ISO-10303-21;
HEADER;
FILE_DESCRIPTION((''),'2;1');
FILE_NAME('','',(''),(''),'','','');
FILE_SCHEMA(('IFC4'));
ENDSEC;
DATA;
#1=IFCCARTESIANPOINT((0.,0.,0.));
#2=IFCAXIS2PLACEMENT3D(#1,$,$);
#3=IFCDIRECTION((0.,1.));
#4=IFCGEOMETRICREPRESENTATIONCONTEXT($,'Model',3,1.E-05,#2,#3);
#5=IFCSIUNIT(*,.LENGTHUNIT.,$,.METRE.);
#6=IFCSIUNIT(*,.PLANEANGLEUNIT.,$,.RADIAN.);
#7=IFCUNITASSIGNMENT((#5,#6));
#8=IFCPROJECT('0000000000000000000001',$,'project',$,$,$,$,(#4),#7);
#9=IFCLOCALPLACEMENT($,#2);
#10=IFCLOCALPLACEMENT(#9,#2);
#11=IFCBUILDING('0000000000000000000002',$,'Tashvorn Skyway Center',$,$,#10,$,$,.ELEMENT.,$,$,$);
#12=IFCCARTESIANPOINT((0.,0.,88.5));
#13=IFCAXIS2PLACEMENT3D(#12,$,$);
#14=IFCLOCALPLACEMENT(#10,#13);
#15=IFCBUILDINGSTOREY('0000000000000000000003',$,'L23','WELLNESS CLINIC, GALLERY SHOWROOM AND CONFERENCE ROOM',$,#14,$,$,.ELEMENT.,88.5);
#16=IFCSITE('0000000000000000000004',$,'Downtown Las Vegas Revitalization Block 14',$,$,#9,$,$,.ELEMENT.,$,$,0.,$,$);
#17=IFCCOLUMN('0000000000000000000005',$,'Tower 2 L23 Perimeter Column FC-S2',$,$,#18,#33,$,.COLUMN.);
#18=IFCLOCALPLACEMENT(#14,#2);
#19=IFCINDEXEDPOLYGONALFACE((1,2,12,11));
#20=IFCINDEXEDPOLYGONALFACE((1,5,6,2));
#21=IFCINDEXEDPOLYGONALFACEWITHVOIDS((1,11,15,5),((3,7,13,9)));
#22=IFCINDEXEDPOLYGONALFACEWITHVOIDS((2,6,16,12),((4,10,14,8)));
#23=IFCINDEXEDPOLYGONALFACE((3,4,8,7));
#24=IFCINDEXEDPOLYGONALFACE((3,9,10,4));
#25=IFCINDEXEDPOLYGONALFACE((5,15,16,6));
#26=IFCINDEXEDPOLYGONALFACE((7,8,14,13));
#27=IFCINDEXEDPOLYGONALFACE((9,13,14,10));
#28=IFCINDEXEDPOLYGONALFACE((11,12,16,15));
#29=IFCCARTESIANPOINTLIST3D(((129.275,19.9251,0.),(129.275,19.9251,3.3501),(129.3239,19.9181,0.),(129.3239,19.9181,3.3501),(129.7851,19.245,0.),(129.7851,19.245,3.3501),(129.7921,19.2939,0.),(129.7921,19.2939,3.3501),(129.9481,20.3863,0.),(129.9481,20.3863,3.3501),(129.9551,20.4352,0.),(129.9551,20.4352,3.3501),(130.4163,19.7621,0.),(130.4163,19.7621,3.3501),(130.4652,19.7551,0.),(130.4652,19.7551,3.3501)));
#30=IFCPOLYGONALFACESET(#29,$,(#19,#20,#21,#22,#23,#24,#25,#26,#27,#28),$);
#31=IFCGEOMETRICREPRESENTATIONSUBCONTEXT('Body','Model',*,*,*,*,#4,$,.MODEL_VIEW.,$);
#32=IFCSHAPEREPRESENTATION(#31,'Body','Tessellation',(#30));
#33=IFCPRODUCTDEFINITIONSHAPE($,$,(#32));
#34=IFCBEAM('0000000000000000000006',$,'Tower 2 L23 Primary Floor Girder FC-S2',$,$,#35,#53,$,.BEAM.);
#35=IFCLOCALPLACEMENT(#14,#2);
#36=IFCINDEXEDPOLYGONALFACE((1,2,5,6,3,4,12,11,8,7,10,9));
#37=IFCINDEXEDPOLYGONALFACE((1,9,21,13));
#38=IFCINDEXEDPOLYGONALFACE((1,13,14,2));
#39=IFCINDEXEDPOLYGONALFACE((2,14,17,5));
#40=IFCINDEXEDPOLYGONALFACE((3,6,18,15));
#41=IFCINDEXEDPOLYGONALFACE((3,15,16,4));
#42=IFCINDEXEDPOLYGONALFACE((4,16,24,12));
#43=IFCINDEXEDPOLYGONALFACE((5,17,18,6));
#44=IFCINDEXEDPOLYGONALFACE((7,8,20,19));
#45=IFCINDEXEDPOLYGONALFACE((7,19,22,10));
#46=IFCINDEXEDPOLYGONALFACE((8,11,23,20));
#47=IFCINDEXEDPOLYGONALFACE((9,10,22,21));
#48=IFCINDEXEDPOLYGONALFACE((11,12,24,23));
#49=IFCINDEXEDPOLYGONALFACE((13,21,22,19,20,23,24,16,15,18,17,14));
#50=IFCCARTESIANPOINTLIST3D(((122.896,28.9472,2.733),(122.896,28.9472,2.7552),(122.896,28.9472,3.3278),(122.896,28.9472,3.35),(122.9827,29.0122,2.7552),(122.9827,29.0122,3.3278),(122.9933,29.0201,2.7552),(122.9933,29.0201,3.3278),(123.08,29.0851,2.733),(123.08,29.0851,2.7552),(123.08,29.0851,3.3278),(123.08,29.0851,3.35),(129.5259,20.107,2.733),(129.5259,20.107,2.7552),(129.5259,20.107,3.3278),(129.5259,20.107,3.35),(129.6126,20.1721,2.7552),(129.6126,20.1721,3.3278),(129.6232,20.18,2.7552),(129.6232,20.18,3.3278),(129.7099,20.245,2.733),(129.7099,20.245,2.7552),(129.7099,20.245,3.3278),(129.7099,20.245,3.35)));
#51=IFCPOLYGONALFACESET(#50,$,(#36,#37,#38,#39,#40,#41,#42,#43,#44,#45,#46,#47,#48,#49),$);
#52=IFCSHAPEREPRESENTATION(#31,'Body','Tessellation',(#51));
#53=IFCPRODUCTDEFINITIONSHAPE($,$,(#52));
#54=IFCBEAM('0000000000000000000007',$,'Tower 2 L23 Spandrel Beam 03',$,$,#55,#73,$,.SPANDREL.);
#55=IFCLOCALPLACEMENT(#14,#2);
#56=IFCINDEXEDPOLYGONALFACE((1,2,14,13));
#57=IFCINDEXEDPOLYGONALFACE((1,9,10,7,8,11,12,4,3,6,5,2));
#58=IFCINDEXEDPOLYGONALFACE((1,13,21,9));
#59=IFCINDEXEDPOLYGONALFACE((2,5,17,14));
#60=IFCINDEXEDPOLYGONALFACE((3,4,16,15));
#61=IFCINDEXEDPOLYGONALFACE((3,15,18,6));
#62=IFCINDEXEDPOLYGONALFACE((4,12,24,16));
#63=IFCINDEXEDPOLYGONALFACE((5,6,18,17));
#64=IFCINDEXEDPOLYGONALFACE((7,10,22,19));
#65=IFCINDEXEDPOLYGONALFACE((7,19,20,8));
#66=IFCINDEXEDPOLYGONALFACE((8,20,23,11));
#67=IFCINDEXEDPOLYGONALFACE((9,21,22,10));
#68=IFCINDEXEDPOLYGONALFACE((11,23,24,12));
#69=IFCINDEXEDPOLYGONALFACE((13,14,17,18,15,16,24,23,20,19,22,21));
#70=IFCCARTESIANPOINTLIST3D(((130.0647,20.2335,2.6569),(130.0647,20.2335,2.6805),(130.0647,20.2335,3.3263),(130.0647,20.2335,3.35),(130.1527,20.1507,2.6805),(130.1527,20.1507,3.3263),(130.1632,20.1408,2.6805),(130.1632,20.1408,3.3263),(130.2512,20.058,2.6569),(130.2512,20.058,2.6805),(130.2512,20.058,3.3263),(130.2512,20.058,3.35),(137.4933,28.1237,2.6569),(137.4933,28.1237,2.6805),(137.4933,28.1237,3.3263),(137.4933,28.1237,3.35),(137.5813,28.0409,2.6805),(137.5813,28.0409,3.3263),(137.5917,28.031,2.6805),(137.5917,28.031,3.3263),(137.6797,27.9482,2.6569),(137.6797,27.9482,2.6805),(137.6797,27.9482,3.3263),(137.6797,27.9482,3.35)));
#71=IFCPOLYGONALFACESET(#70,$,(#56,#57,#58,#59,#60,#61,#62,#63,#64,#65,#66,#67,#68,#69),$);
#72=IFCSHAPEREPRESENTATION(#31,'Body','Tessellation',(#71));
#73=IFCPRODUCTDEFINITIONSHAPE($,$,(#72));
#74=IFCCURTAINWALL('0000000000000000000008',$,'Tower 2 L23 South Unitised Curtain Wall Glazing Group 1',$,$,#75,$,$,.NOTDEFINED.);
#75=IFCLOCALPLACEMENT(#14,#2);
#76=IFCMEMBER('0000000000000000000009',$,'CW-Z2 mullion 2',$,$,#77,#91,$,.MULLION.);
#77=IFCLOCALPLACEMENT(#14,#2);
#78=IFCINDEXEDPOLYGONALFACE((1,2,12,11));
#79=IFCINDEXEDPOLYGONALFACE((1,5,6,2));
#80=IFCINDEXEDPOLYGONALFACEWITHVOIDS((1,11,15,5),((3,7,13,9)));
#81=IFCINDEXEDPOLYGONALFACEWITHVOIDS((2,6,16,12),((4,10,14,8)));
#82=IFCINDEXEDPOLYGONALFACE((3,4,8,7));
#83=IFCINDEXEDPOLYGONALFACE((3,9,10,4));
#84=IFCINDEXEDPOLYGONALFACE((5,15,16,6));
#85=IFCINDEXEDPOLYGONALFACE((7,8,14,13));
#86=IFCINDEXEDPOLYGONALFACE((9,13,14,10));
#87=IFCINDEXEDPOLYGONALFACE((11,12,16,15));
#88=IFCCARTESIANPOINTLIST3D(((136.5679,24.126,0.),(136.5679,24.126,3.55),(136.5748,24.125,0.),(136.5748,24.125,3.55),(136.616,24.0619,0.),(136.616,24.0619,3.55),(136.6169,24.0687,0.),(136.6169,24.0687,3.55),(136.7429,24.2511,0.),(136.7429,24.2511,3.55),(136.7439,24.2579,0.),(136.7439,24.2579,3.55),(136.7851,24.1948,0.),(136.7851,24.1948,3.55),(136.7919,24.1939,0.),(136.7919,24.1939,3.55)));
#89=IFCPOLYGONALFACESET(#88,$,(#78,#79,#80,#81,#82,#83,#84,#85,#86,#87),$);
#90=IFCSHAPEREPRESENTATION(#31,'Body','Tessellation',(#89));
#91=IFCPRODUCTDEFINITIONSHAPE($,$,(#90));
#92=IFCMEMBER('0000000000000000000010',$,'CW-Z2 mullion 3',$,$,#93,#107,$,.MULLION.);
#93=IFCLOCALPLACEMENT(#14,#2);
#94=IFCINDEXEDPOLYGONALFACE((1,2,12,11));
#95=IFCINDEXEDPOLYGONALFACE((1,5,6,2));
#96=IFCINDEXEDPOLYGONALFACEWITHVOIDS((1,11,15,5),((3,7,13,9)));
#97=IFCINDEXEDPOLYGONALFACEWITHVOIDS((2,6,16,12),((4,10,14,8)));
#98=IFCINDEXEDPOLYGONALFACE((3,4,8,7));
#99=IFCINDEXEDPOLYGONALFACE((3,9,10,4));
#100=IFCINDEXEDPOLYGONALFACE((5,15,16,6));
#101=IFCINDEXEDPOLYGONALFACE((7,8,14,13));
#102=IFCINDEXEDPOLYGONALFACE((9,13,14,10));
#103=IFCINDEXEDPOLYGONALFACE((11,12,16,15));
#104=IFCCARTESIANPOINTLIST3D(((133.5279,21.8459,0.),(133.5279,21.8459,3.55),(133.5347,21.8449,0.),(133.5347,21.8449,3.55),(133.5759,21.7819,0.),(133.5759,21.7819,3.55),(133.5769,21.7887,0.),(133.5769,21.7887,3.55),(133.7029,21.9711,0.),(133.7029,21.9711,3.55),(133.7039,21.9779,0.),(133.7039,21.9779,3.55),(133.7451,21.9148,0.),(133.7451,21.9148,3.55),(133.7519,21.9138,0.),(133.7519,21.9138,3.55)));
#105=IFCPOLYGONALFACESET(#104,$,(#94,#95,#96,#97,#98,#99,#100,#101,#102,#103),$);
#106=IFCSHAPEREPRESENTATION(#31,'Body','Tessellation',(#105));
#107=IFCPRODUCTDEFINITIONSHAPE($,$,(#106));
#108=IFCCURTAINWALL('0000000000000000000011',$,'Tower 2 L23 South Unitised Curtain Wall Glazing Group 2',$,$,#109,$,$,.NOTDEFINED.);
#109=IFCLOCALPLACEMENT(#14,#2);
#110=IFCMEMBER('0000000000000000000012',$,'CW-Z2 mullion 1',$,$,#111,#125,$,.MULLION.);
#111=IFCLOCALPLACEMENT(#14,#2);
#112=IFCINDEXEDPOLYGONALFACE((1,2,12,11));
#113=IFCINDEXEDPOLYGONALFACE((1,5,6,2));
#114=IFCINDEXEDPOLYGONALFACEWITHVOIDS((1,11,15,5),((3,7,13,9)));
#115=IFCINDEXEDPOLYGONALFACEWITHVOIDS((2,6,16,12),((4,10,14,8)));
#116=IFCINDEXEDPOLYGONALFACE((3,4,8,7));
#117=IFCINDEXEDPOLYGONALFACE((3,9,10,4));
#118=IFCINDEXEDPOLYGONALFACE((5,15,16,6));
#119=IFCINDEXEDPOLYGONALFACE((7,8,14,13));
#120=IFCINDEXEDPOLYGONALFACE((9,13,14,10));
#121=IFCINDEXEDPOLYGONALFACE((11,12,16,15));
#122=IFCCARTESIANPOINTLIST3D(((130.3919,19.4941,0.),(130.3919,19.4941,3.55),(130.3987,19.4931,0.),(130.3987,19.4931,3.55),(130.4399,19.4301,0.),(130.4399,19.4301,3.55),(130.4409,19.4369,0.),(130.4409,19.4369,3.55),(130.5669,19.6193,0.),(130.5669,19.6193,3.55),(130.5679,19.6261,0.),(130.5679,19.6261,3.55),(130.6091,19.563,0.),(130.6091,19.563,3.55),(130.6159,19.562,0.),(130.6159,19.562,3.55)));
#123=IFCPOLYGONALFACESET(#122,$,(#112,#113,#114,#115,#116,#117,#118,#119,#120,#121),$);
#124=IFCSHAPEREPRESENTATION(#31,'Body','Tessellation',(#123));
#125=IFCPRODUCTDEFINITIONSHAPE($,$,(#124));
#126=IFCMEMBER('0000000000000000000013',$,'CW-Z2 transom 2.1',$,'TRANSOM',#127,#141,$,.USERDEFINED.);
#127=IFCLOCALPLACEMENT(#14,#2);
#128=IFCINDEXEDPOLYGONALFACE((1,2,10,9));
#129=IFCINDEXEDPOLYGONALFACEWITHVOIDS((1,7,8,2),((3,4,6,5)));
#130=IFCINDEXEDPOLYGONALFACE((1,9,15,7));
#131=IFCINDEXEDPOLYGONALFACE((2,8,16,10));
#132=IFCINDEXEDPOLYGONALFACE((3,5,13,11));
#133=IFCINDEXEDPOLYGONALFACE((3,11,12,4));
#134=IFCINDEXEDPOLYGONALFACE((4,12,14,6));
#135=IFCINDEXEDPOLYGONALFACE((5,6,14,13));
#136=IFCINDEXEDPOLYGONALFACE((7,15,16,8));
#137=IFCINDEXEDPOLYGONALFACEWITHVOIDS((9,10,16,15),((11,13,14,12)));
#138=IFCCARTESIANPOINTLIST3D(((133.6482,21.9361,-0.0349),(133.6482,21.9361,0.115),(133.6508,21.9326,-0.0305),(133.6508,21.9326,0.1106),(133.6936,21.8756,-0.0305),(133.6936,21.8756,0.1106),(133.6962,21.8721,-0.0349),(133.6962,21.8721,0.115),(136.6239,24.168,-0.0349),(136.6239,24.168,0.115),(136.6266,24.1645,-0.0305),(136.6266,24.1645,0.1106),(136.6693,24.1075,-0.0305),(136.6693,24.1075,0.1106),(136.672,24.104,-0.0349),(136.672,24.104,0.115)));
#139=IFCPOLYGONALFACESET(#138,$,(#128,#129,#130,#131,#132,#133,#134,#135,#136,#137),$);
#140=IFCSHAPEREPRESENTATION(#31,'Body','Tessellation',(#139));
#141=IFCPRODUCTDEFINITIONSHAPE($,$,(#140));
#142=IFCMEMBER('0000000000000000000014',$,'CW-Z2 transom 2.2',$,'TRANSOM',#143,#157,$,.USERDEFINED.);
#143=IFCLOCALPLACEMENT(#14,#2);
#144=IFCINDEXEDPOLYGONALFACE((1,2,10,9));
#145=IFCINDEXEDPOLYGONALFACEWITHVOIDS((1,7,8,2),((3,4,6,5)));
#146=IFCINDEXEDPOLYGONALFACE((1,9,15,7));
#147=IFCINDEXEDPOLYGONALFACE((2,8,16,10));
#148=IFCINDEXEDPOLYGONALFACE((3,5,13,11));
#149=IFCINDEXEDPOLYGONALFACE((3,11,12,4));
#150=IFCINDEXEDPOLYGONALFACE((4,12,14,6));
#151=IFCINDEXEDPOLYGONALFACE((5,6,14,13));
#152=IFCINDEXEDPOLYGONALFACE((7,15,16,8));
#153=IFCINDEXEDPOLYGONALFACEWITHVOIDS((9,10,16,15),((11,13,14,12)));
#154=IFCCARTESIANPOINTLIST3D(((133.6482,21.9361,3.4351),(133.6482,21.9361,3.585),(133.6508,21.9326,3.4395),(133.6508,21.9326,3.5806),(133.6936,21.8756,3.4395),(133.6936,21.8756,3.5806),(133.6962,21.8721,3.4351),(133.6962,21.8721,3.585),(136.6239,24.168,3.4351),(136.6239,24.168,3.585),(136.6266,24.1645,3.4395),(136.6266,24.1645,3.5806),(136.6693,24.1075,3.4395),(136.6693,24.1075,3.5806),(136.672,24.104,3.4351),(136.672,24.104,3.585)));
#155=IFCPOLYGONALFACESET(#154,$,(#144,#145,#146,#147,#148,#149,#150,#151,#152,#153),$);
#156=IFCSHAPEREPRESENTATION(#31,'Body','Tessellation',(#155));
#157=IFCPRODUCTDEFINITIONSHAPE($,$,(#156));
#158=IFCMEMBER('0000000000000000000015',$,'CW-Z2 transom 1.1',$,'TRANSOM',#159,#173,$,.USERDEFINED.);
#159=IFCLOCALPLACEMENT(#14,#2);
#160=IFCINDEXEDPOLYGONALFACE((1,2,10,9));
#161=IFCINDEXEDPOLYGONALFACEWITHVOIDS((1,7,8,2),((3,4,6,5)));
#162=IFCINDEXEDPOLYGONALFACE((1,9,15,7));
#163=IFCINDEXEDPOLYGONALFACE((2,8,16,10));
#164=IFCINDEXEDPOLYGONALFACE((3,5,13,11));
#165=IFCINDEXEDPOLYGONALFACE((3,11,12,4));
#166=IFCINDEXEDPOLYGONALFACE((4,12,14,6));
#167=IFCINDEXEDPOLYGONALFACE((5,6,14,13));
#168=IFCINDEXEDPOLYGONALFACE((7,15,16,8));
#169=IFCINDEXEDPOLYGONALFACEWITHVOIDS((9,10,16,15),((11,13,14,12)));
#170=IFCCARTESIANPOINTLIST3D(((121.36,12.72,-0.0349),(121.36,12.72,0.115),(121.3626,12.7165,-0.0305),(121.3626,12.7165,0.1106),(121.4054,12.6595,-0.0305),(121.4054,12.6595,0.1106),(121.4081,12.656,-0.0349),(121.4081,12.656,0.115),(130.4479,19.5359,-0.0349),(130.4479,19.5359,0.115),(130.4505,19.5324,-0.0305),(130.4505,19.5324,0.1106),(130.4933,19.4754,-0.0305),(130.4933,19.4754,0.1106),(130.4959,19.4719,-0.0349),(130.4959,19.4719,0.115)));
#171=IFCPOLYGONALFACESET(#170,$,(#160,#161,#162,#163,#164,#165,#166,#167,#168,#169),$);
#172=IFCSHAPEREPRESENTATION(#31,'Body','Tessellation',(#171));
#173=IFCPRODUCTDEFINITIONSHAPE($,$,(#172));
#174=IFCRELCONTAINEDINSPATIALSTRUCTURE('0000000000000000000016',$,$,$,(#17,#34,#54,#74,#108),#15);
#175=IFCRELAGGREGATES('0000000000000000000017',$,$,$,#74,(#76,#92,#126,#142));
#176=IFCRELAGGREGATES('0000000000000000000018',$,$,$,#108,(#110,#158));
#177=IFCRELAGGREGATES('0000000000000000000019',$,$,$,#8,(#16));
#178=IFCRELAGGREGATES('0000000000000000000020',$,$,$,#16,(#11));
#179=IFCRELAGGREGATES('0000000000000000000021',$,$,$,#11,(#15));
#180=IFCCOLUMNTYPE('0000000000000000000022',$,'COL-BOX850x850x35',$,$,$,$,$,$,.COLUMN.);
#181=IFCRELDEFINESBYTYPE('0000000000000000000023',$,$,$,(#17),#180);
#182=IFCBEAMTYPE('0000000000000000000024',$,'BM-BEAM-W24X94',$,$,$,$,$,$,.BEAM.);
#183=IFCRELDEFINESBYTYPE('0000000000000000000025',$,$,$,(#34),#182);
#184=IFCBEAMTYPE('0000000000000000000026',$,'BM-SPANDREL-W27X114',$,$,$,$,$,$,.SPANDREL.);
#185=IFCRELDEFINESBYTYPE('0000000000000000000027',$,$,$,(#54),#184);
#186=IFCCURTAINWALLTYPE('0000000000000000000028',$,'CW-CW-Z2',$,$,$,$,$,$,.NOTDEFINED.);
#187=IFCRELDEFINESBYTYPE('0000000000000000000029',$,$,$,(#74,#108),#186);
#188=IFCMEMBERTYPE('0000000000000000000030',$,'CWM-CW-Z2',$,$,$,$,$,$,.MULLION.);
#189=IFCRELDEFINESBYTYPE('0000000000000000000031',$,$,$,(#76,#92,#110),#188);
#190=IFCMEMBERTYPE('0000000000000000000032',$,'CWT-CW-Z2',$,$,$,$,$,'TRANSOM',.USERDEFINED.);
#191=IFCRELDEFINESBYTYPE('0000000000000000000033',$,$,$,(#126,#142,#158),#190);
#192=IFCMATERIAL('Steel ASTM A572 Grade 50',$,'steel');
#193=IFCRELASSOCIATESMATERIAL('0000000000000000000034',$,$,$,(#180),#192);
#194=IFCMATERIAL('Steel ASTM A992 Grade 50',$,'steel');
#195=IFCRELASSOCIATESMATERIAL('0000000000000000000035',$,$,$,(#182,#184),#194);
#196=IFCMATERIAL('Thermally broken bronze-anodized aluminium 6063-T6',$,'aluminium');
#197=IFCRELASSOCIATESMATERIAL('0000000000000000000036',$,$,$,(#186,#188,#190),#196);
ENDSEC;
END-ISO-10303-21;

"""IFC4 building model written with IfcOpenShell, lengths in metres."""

from ifc_helpers import new_model, si_unit, direction, frame, origin, origin_2d, place, context, subcontext, project, spatial, hollow_rectangle, i_section, extrude, material, material_profile, profile_set, type_object, element, aggregate, save


model = new_model("IFC4")

# Units and contexts
model_context = context("Model", 3, precision=1e-05, world=origin(), true_north=direction((0.0, 1.0)))
body_context = subcontext(model_context, "Body", "Model", "MODEL_VIEW")
ifc_project = project(units=[si_unit("LENGTHUNIT", "METRE"), si_unit("PLANEANGLEUNIT", "RADIAN")], contexts=[model_context])

# Site, building, storey
site_placement = place(None, origin())
site = spatial("IfcSite", under=ifc_project, at=site_placement, Name="Downtown Las Vegas Revitalization Block 14", CompositionType="ELEMENT", RefElevation=0.0)
building_placement = place(site_placement, origin())
building = spatial("IfcBuilding", under=site, at=building_placement, Name="Tashvorn Skyway Center", CompositionType="ELEMENT")
storey_placement = place(building_placement, frame((0.0, 0.0, 88.5)))
storey = spatial("IfcBuildingStorey", under=building, at=storey_placement, Name="L23", Description="WELLNESS CLINIC, GALLERY SHOWROOM AND CONFERENCE ROOM", CompositionType="ELEMENT", Elevation=88.5)

# Column
ifc_material_1 = material(Name="Steel ASTM A572 Grade 50", Category="steel")
ifc_material_profile_1 = material_profile(ifc_material_1, hollow_rectangle(XDim=0.8501, YDim=0.8501, WallThickness=0.0349, at=origin_2d()), Name="BOX850x850x35")
ifc_profile_set_1 = profile_set([ifc_material_profile_1], Name="Steel ASTM A572 Grade 50")
column_type = type_object("IfcColumnType", Name="COL-BOX850x850x35", PredefinedType="COLUMN", material=ifc_profile_set_1)
column_placement = place(storey_placement, frame((129.8701, 19.8401, 0.0), z_axis=(0.0, 0.0, 1.0), x_axis=(0.8, 0.6, 0.0)))
element("IfcColumn", 1, at=column_placement, inside=storey, type_object=column_type, Name="Tower 2 L23 Perimeter Column FC-S2", PredefinedType="COLUMN", context=body_context, shape_type="SweptSolid", body=[
    extrude(hollow_rectangle(XDim=0.8501, YDim=0.8501, WallThickness=0.0349, at=origin_2d()), origin(), (0.0, 0.0, 1.0), 3.3501),
])

# Beams
ifc_material_2 = material(Name="Steel ASTM A992 Grade 50", Category="steel")
ifc_material_profile_2 = material_profile(ifc_material_2, i_section(OverallWidth=0.23, OverallDepth=0.6169, WebThickness=0.0132, FlangeThickness=0.0222, at=origin_2d()), Name="W24X94")
ifc_profile_set_2 = profile_set([ifc_material_profile_2], Name="Steel ASTM A992 Grade 50")
beam_type_1 = type_object("IfcBeamType", Name="BM-BEAM-W24X94", PredefinedType="BEAM", material=ifc_profile_set_2)
beam_1_placement = place(storey_placement, frame((129.6179, 20.176, 3.0415), z_axis=(-0.599989, 0.800008, 0.0), x_axis=(-0.800008, -0.599989, 0.0)))
element("IfcBeam", 2, at=beam_1_placement, inside=storey, type_object=beam_type_1, Name="Tower 2 L23 Primary Floor Girder FC-S2", PredefinedType="BEAM", context=body_context, shape_type="SweptSolid", body=[
    extrude(i_section(OverallWidth=0.23, OverallDepth=0.6169, WebThickness=0.0132, FlangeThickness=0.0222, at=origin_2d()), origin(), (0.0, 0.0, 1.0), 11.05),
])
ifc_material_profile_3 = material_profile(ifc_material_2, i_section(OverallWidth=0.2561, OverallDepth=0.6931, WebThickness=0.0144, FlangeThickness=0.0237, at=origin_2d()), Name="W27X114")
ifc_profile_set_3 = profile_set([ifc_material_profile_3], Name="Steel ASTM A992 Grade 50")
beam_type_2 = type_object("IfcBeamType", Name="BM-SPANDREL-W27X114", PredefinedType="SPANDREL", material=ifc_profile_set_3)
beam_2_placement = place(storey_placement, frame((130.158, 20.1458, 3.0034), z_axis=(0.685485, 0.728087, 0.0), x_axis=(-0.728087, 0.685485, 0.0)))
element("IfcBeam", 3, at=beam_2_placement, inside=storey, type_object=beam_type_2, Name="Tower 2 L23 Spandrel Beam 03", PredefinedType="SPANDREL", context=body_context, shape_type="SweptSolid", body=[
    extrude(i_section(OverallWidth=0.2561, OverallDepth=0.6931, WebThickness=0.0144, FlangeThickness=0.0237, at=origin_2d()), origin(), (0.0, 0.0, 1.0), 10.8369),
])

# Curtain wall, members
ifc_material_3 = material(Name="Thermally broken bronze-anodized aluminium 6063-T6", Category="aluminium")
curtain_wall_type = type_object("IfcCurtainWallType", Name="CW-CW-Z2", PredefinedType="NOTDEFINED", material=ifc_material_3)
curtain_wall_1_placement = place(storey_placement, origin())
curtain_wall_1 = element("IfcCurtainWall", 4, at=curtain_wall_1_placement, inside=storey, type_object=curtain_wall_type, Name="Tower 2 L23 South Unitised Curtain Wall Glazing Group 1", PredefinedType="NOTDEFINED")
ifc_material_profile_4 = material_profile(ifc_material_3, hollow_rectangle(XDim=0.0801, YDim=0.22, WallThickness=0.0049, at=origin_2d()), Name="ALU-MULL-80x220")
ifc_profile_set_4 = profile_set([ifc_material_profile_4], Name="Thermally broken bronze-anodized aluminium 6063-T6")
member_type_1 = type_object("IfcMemberType", Name="CWM-CW-Z2", PredefinedType="MULLION", material=ifc_profile_set_4)
member_1_placement = place(storey_placement, frame((136.6799, 24.1599, 0.0), z_axis=(0.0, 0.0, 1.0), x_axis=(0.6, -0.8, 0.0)))
member_1 = element("IfcMember", 5, at=member_1_placement, type_object=member_type_1, Name="CW-Z2 mullion 2", PredefinedType="MULLION", context=body_context, shape_type="SweptSolid", body=[
    extrude(hollow_rectangle(XDim=0.0801, YDim=0.22, WallThickness=0.0049, at=origin_2d()), origin(), (0.0, 0.0, 1.0), 3.55),
])
member_2_placement = place(storey_placement, frame((133.6399, 21.8799, 0.0), z_axis=(0.0, 0.0, 1.0), x_axis=(0.6, -0.8, 0.0)))
member_2 = element("IfcMember", 6, at=member_2_placement, type_object=member_type_1, Name="CW-Z2 mullion 3", PredefinedType="MULLION", context=body_context, shape_type="SweptSolid", body=[
    extrude(hollow_rectangle(XDim=0.0801, YDim=0.22, WallThickness=0.0049, at=origin_2d()), origin(), (0.0, 0.0, 1.0), 3.55),
])

# Curtain wall, member
curtain_wall_2_placement = place(storey_placement, origin())
curtain_wall_2 = element("IfcCurtainWall", 7, at=curtain_wall_2_placement, inside=storey, type_object=curtain_wall_type, Name="Tower 2 L23 South Unitised Curtain Wall Glazing Group 2", PredefinedType="NOTDEFINED")
member_3_placement = place(storey_placement, frame((130.5039, 19.5281, 0.0), z_axis=(0.0, 0.0, 1.0), x_axis=(0.6, -0.8, 0.0)))
member_3 = element("IfcMember", 8, at=member_3_placement, type_object=member_type_1, Name="CW-Z2 mullion 1", PredefinedType="MULLION", context=body_context, shape_type="SweptSolid", body=[
    extrude(hollow_rectangle(XDim=0.0801, YDim=0.22, WallThickness=0.0049, at=origin_2d()), origin(), (0.0, 0.0, 1.0), 3.55),
])

# Members
ifc_material_profile_5 = material_profile(ifc_material_3, hollow_rectangle(XDim=0.0801, YDim=0.1499, WallThickness=0.0044, at=origin_2d()), Name="ALU-TRAN-80x150")
ifc_profile_set_5 = profile_set([ifc_material_profile_5], Name="Thermally broken bronze-anodized aluminium 6063-T6")
member_type_2 = type_object("IfcMemberType", Name="CWT-CW-Z2", ElementType="TRANSOM", PredefinedType="USERDEFINED", material=ifc_profile_set_5)
member_4_placement = place(storey_placement, frame((136.6479, 24.136, 0.04), z_axis=(-0.799992, -0.600011, 0.0), x_axis=(0.600011, -0.799992, 0.0)))
member_4 = element("IfcMember", 9, at=member_4_placement, type_object=member_type_2, Name="CW-Z2 transom 2.1", ObjectType="TRANSOM", PredefinedType="USERDEFINED", context=body_context, shape_type="SweptSolid", body=[
    extrude(hollow_rectangle(XDim=0.0801, YDim=0.1499, WallThickness=0.0044, at=origin_2d()), origin(), (0.0, 0.0, 1.0), 3.7197),
])
member_5_placement = place(storey_placement, frame((136.6479, 24.136, 3.51), z_axis=(-0.799992, -0.600011, 0.0), x_axis=(0.600011, -0.799992, 0.0)))
member_5 = element("IfcMember", 10, at=member_5_placement, type_object=member_type_2, Name="CW-Z2 transom 2.2", ObjectType="TRANSOM", PredefinedType="USERDEFINED", context=body_context, shape_type="SweptSolid", body=[
    extrude(hollow_rectangle(XDim=0.0801, YDim=0.1499, WallThickness=0.0044, at=origin_2d()), origin(), (0.0, 0.0, 1.0), 3.7197),
])
member_6_placement = place(storey_placement, frame((130.4719, 19.5039, 0.04), z_axis=(-0.8, -0.6, 0.0), x_axis=(0.6, -0.8, 0.0)))
member_6 = element("IfcMember", 11, at=member_6_placement, type_object=member_type_2, Name="CW-Z2 transom 1.1", ObjectType="TRANSOM", PredefinedType="USERDEFINED", context=body_context, shape_type="SweptSolid", body=[
    extrude(hollow_rectangle(XDim=0.0801, YDim=0.1499, WallThickness=0.0044, at=origin_2d()), origin(), (0.0, 0.0, 1.0), 11.3599),
])

aggregate(curtain_wall_1, [member_1, member_2, member_4, member_5])
aggregate(curtain_wall_2, [member_3, member_6])

save(model, "model.ifc")
